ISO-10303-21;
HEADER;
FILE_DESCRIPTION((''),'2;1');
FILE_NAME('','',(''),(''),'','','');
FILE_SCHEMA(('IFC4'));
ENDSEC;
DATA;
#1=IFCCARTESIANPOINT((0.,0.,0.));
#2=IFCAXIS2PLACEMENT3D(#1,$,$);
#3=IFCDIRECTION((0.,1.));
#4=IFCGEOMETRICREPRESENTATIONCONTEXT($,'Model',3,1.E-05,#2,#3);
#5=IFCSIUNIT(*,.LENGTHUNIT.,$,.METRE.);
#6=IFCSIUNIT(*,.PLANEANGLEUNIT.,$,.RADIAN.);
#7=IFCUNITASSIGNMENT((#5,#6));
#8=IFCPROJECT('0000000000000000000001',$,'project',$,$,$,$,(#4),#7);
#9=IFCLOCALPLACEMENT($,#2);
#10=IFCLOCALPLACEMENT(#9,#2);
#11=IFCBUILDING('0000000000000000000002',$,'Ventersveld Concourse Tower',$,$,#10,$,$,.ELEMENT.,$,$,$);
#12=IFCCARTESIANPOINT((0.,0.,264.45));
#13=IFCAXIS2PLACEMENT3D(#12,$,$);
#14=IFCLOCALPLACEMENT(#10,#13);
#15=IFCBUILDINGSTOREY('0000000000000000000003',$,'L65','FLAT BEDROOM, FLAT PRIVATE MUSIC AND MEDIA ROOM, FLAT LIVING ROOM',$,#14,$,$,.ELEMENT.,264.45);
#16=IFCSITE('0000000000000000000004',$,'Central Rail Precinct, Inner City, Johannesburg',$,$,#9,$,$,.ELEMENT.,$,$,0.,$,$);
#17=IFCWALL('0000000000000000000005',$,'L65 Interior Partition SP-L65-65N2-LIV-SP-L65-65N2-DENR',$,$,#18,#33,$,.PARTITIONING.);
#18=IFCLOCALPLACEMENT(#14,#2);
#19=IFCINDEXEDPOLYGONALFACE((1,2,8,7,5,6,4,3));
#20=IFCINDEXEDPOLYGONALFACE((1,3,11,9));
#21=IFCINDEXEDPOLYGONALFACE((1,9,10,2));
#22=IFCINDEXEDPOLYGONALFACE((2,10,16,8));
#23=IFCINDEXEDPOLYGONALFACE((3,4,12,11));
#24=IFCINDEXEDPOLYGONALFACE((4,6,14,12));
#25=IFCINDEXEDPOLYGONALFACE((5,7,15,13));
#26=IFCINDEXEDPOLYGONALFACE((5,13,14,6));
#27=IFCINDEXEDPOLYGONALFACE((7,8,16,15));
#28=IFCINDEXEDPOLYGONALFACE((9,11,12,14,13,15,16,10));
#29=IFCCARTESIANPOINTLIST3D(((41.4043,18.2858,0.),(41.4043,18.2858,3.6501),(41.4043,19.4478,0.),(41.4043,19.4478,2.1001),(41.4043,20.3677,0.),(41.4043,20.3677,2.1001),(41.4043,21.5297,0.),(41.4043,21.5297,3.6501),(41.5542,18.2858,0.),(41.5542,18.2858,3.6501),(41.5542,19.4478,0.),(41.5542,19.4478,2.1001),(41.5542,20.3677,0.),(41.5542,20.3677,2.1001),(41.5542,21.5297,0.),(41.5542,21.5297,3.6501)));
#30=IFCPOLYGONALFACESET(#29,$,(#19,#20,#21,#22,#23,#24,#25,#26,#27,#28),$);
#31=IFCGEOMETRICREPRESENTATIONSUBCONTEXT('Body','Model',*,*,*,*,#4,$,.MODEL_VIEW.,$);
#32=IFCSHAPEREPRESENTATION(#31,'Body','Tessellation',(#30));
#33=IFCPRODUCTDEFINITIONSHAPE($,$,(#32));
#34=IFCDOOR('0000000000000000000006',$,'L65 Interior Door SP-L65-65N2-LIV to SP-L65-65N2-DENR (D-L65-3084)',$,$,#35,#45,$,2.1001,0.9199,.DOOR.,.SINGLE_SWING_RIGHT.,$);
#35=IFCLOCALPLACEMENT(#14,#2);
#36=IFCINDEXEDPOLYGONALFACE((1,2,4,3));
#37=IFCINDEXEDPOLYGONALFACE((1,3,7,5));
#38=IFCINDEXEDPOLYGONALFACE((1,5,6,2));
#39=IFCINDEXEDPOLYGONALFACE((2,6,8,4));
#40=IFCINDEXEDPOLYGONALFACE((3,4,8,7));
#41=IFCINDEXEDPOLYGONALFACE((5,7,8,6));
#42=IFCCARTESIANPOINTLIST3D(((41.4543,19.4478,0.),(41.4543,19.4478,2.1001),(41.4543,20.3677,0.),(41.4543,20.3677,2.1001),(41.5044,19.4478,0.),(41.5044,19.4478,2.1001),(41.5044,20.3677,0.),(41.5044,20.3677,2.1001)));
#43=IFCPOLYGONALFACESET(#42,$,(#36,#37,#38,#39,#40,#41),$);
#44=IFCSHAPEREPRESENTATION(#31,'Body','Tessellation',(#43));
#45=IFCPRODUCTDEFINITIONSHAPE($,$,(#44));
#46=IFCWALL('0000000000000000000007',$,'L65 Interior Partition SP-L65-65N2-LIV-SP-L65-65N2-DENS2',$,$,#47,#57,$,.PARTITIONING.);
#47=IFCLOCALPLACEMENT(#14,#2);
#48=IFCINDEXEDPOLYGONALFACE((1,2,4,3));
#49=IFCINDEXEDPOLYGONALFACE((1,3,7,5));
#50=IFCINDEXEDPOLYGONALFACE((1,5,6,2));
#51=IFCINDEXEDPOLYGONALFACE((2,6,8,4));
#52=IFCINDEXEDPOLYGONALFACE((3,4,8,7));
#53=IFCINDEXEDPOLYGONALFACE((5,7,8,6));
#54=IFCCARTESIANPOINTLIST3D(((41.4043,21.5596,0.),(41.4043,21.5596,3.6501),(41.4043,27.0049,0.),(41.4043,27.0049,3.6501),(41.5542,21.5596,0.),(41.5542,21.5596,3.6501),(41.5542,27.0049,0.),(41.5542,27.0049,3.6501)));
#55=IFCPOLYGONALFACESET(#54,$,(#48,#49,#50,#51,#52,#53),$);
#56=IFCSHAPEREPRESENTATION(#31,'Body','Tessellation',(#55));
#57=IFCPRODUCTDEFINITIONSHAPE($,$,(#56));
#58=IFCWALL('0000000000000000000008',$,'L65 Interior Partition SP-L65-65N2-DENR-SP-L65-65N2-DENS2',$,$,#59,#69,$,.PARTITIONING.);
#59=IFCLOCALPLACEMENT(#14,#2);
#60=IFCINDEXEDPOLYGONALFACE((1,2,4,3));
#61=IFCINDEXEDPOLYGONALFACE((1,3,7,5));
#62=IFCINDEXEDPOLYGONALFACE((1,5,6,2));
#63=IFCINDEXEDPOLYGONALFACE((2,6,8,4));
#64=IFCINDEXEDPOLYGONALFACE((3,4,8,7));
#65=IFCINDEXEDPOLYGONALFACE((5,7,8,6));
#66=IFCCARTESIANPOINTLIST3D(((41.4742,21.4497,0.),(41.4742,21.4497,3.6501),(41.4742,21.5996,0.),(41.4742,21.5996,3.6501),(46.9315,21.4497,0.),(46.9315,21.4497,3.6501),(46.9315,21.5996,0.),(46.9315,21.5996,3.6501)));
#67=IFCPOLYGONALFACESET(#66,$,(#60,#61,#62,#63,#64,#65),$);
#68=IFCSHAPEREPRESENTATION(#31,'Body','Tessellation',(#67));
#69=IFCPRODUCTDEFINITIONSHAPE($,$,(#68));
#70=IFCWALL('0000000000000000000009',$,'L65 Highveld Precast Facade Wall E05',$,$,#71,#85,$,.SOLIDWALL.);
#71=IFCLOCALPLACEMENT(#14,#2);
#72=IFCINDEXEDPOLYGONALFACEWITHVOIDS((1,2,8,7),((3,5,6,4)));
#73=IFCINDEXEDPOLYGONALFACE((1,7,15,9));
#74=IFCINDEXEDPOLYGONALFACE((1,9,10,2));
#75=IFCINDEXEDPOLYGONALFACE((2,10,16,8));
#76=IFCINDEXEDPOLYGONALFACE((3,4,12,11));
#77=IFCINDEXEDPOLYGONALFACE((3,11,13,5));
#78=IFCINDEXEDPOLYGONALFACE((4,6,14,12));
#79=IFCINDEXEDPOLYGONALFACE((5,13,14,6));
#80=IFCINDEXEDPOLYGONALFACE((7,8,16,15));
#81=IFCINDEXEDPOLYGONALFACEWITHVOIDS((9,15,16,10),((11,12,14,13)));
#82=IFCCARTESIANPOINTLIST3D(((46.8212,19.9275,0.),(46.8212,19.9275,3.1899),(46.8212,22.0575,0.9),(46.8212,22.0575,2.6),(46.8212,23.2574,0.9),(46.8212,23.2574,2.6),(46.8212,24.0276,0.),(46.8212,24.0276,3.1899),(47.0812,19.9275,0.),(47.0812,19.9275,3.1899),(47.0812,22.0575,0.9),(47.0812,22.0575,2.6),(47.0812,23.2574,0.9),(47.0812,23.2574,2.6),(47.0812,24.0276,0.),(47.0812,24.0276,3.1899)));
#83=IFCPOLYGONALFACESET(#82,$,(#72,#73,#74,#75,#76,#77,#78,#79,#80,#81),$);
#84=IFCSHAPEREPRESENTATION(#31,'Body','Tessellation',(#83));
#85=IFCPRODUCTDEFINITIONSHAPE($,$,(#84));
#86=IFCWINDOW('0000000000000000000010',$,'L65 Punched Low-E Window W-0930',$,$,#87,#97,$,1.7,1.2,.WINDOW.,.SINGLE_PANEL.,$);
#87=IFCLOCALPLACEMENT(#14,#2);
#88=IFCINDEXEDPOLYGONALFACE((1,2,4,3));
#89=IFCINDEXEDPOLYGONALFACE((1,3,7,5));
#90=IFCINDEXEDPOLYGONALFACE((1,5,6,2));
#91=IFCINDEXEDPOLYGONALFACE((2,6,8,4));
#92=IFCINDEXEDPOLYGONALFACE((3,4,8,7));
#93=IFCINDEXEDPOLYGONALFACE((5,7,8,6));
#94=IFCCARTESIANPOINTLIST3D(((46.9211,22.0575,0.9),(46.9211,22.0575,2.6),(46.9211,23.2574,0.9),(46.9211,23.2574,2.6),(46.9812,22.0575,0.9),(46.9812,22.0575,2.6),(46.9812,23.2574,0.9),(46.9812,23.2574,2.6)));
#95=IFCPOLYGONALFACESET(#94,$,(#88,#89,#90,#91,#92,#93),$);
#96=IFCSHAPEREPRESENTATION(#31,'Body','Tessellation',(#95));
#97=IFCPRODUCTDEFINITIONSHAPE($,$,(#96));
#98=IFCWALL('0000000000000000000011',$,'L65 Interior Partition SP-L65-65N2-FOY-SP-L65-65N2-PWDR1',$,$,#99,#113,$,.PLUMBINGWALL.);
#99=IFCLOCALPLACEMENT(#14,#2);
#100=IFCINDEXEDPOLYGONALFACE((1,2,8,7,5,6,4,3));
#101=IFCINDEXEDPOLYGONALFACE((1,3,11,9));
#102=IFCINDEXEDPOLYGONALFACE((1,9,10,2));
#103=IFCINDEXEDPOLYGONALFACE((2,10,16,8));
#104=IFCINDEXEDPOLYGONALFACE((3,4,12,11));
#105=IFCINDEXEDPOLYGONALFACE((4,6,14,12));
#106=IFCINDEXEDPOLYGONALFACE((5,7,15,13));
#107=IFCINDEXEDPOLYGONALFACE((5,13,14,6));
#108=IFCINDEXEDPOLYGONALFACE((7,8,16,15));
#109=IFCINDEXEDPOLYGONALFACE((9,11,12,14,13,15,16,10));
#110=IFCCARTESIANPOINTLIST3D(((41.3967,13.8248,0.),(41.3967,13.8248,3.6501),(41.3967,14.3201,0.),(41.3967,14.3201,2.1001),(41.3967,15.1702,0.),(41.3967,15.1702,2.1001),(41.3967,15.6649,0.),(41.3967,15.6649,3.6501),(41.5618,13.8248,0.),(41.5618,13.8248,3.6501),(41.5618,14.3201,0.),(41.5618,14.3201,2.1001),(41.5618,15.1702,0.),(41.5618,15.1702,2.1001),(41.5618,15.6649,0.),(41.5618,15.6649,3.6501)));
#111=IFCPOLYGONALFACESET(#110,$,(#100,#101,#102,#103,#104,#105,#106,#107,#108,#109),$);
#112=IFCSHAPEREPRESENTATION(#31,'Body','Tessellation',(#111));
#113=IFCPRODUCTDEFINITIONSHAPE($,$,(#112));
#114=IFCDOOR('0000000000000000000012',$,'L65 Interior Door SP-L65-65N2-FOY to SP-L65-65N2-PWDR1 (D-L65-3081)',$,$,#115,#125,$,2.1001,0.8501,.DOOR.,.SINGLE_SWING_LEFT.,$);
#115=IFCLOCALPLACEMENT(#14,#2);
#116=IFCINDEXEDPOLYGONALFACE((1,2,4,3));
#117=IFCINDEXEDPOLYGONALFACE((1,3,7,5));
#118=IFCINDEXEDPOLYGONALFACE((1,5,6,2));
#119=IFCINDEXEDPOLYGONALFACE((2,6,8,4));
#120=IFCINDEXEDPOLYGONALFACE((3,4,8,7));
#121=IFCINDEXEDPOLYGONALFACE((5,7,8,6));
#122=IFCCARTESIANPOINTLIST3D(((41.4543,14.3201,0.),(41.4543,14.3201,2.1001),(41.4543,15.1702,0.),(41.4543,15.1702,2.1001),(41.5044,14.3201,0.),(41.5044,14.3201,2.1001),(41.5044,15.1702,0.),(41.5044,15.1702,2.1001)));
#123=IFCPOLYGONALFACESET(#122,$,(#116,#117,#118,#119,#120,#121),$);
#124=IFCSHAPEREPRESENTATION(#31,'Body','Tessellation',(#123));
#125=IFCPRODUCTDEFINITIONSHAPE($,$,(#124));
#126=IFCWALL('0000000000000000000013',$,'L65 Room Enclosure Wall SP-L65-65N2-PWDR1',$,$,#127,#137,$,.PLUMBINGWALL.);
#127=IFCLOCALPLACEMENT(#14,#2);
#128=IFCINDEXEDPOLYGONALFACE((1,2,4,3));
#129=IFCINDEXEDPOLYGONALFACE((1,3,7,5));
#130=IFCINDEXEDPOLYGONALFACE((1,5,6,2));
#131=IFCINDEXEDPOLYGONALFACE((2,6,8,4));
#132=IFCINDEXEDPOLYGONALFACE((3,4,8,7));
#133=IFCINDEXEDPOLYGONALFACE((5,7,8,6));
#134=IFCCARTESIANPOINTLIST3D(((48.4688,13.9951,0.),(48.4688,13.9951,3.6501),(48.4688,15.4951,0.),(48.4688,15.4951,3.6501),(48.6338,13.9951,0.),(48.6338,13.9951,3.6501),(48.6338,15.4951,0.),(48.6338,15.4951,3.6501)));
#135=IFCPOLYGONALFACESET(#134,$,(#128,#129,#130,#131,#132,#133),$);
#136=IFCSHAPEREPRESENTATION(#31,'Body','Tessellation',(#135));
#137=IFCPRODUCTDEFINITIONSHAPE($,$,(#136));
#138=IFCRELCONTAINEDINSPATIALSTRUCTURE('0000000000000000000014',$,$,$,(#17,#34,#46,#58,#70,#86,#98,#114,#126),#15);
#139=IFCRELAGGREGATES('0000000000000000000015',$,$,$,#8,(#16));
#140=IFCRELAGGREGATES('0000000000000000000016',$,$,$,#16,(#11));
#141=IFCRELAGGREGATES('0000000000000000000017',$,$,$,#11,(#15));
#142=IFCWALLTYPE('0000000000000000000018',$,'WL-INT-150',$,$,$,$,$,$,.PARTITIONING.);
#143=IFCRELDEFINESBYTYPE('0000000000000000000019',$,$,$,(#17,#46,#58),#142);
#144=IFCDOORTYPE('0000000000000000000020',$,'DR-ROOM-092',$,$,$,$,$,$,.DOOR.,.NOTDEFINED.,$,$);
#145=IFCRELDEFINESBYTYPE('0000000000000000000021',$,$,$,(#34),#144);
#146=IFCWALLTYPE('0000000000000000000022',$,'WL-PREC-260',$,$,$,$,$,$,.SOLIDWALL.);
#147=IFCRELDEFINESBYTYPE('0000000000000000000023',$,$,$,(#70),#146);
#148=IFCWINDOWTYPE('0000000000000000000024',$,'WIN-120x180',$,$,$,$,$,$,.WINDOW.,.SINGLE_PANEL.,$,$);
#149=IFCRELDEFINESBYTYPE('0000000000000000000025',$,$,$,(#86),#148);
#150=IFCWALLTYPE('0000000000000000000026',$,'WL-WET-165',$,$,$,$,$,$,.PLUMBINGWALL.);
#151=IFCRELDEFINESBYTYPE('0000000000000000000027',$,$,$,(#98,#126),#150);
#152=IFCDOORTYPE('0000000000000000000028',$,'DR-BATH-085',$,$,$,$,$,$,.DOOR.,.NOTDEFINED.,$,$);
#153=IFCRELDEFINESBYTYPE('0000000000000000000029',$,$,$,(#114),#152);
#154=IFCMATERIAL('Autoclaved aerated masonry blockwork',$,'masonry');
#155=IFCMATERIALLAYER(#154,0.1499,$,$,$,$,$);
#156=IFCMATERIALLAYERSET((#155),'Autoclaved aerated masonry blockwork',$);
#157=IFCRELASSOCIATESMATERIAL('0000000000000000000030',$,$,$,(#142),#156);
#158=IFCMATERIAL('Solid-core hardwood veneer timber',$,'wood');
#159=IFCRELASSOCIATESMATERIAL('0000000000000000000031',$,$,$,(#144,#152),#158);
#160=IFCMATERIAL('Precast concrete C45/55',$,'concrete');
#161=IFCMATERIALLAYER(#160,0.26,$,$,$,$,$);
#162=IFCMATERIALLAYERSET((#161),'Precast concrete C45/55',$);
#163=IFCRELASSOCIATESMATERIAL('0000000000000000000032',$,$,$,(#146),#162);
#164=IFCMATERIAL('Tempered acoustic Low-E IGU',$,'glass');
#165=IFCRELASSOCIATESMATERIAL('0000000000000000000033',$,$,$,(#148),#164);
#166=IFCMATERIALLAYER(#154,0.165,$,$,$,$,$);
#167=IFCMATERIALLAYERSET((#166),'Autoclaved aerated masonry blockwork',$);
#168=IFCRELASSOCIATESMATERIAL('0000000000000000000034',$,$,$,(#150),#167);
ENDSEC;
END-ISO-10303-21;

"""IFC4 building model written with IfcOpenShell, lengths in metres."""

from ifc_helpers import new_model, si_unit, direction, frame, frame_2d, origin, place, context, subcontext, project, spatial, rectangle, extrude, material, layer, layer_set, type_object, element, fill, save


model = new_model("IFC4")

# Units and contexts
model_context = context("Model", 3, precision=1e-05, world=origin(), true_north=direction((0.0, 1.0)))
body_context = subcontext(model_context, "Body", "Model", "MODEL_VIEW")
ifc_project = project(units=[si_unit("LENGTHUNIT", "METRE"), si_unit("PLANEANGLEUNIT", "RADIAN")], contexts=[model_context])

# Site, building, storey
site_placement = place(None, origin())
site = spatial("IfcSite", under=ifc_project, at=site_placement, Name="Central Rail Precinct, Inner City, Johannesburg", CompositionType="ELEMENT", RefElevation=0.0)
building_placement = place(site_placement, origin())
building = spatial("IfcBuilding", under=site, at=building_placement, Name="Ventersveld Concourse Tower", CompositionType="ELEMENT")
storey_placement = place(building_placement, frame((0.0, 0.0, 264.45)))
storey = spatial("IfcBuildingStorey", under=building, at=storey_placement, Name="L65", Description="FLAT BEDROOM, FLAT PRIVATE MUSIC AND MEDIA ROOM, FLAT LIVING ROOM", CompositionType="ELEMENT", Elevation=264.45)

# Shared definitions
ifc_material_1 = material(Name="Solid-core hardwood veneer timber", Category="wood")

# Shared definitions
ifc_material_2 = material(Name="Autoclaved aerated masonry blockwork", Category="masonry")
ifc_layer_1 = layer(ifc_material_2, 0.1499)
ifc_layer_set_1 = layer_set([ifc_layer_1], Name="Autoclaved aerated masonry blockwork")
wall_type_1 = type_object("IfcWallType", Name="WL-INT-150", PredefinedType="PARTITIONING", material=ifc_layer_set_1)
door_type_1 = type_object("IfcDoorType", Name="DR-ROOM-092", OperationType="NOTDEFINED", PredefinedType="DOOR", material=ifc_material_1)

# Wall, opening, door
wall_1_placement = place(storey_placement, frame((41.4792, 18.2856, 0.0), z_axis=(0.0, 0.0, 1.0), x_axis=(0.0, 1.0, 0.0)))
wall_1 = element("IfcWall", 1, at=wall_1_placement, inside=storey, type_object=wall_type_1, Name="L65 Interior Partition SP-L65-65N2-LIV-SP-L65-65N2-DENR", PredefinedType="PARTITIONING", context=body_context, shape_type="SweptSolid", body=[
    extrude(rectangle(XDim=3.2439, YDim=0.1499, at=frame_2d((1.6221, 0.0))), origin(), (0.0, 0.0, 1.0), 3.6501),
])
opening_1_placement = place(wall_1_placement, frame((1.1621, 0.0, 0.0)))
opening_1 = element("IfcOpeningElement", 2, at=opening_1_placement, cuts=wall_1, PredefinedType="OPENING", context=body_context, shape_type="SweptSolid", body=[
    extrude(rectangle(XDim=0.9199, YDim=2.1001, at=frame_2d((0.46, 1.05))), frame((0.0, 0.085, 0.0), z_axis=(0.0, -1.0, 0.0), x_axis=(1.0, 0.0, 0.0)), (0.0, 0.0, 1.0), 0.1699),
])
door_1_placement = place(opening_1_placement, origin())
door_1 = element("IfcDoor", 3, at=door_1_placement, inside=storey, type_object=door_type_1, Name="L65 Interior Door SP-L65-65N2-LIV to SP-L65-65N2-DENR (D-L65-3084)", OperationType="SINGLE_SWING_RIGHT", OverallHeight=2.1001, OverallWidth=0.9199, PredefinedType="DOOR", context=body_context, shape_type="SweptSolid", body=[
    extrude(rectangle(XDim=0.9199, YDim=2.1001, at=frame_2d((0.46, 1.05))), frame((0.0, 0.0249, 0.0), z_axis=(0.0, -1.0, 0.0), x_axis=(1.0, 0.0, 0.0)), (0.0, 0.0, 1.0), 0.05),
])
fill(opening_1, door_1)

# Walls
wall_2_placement = place(storey_placement, frame((41.4792, 21.5596, 0.0), z_axis=(0.0, 0.0, 1.0), x_axis=(0.0, 1.0, 0.0)))
element("IfcWall", 4, at=wall_2_placement, inside=storey, type_object=wall_type_1, Name="L65 Interior Partition SP-L65-65N2-LIV-SP-L65-65N2-DENS2", PredefinedType="PARTITIONING", context=body_context, shape_type="SweptSolid", body=[
    extrude(rectangle(XDim=5.4453, YDim=0.1499, at=frame_2d((2.7227, 0.0))), origin(), (0.0, 0.0, 1.0), 3.6501),
])
wall_3_placement = place(storey_placement, frame((41.4744, 21.5247, 0.0), z_axis=(0.0, 0.0, 1.0), x_axis=(1.0, 0.0, 0.0)))
element("IfcWall", 5, at=wall_3_placement, inside=storey, type_object=wall_type_1, Name="L65 Interior Partition SP-L65-65N2-DENR-SP-L65-65N2-DENS2", PredefinedType="PARTITIONING", context=body_context, shape_type="SweptSolid", body=[
    extrude(rectangle(XDim=5.4573, YDim=0.1499, at=frame_2d((2.7285, 0.0))), origin(), (0.0, 0.0, 1.0), 3.6501),
])

# Shared definitions
ifc_material_3 = material(Name="Precast concrete C45/55", Category="concrete")
ifc_layer_2 = layer(ifc_material_3, 0.26)
ifc_layer_set_2 = layer_set([ifc_layer_2], Name="Precast concrete C45/55")
wall_type_2 = type_object("IfcWallType", Name="WL-PREC-260", PredefinedType="SOLIDWALL", material=ifc_layer_set_2)

# Wall, opening, window
wall_4_placement = place(storey_placement, frame((46.9512, 19.9275, 0.0), z_axis=(0.0, 0.0, 1.0), x_axis=(0.0, 1.0, 0.0)))
wall_4 = element("IfcWall", 6, at=wall_4_placement, inside=storey, type_object=wall_type_2, Name="L65 Highveld Precast Facade Wall E05", PredefinedType="SOLIDWALL", context=body_context, shape_type="SweptSolid", body=[
    extrude(rectangle(XDim=4.1001, YDim=0.26, at=frame_2d((2.05, 0.0))), origin(), (0.0, 0.0, 1.0), 3.1899),
])
opening_2_placement = place(wall_4_placement, frame((2.1299, 0.0, 0.8999)))
opening_2 = element("IfcOpeningElement", 7, at=opening_2_placement, cuts=wall_4, PredefinedType="OPENING", context=body_context, shape_type="SweptSolid", body=[
    extrude(rectangle(XDim=1.2, YDim=1.7, at=frame_2d((0.6001, 0.8501))), frame((0.0, 0.1401, 0.0), z_axis=(0.0, -1.0, 0.0), x_axis=(1.0, 0.0, 0.0)), (0.0, 0.0, 1.0), 0.28),
])
ifc_material_4 = material(Name="Tempered acoustic Low-E IGU", Category="glass")
window_type = type_object("IfcWindowType", Name="WIN-120x180", PartitioningType="SINGLE_PANEL", PredefinedType="WINDOW", material=ifc_material_4)
window_placement = place(opening_2_placement, origin())
window = element("IfcWindow", 8, at=window_placement, inside=storey, type_object=window_type, Name="L65 Punched Low-E Window W-0930", OverallHeight=1.7, OverallWidth=1.2, PartitioningType="SINGLE_PANEL", PredefinedType="WINDOW", context=body_context, shape_type="SweptSolid", body=[
    extrude(rectangle(XDim=1.2, YDim=1.7, at=frame_2d((0.6001, 0.8501))), frame((0.0, 0.03, 0.0), z_axis=(0.0, -1.0, 0.0), x_axis=(1.0, 0.0, 0.0)), (0.0, 0.0, 1.0), 0.0601),
])
fill(opening_2, window)

# Wall, opening, door
ifc_layer_3 = layer(ifc_material_2, 0.165)
ifc_layer_set_3 = layer_set([ifc_layer_3], Name="Autoclaved aerated masonry blockwork")
wall_type_3 = type_object("IfcWallType", Name="WL-WET-165", PredefinedType="PLUMBINGWALL", material=ifc_layer_set_3)
wall_5_placement = place(storey_placement, frame((41.4792, 13.825, 0.0), z_axis=(0.0, 0.0, 1.0), x_axis=(0.0, 1.0, 0.0)))
wall_5 = element("IfcWall", 9, at=wall_5_placement, inside=storey, type_object=wall_type_3, Name="L65 Interior Partition SP-L65-65N2-FOY-SP-L65-65N2-PWDR1", PredefinedType="PLUMBINGWALL", context=body_context, shape_type="SweptSolid", body=[
    extrude(rectangle(XDim=1.8401, YDim=0.165, at=frame_2d((0.9199, 0.0))), origin(), (0.0, 0.0, 1.0), 3.6501),
])
opening_3_placement = place(wall_5_placement, frame((0.4951, 0.0, 0.0)))
opening_3 = element("IfcOpeningElement", 10, at=opening_3_placement, cuts=wall_5, PredefinedType="OPENING", context=body_context, shape_type="SweptSolid", body=[
    extrude(rectangle(XDim=0.8501, YDim=2.1001, at=frame_2d((0.425, 1.05))), frame((0.0, 0.0925, 0.0), z_axis=(0.0, -1.0, 0.0), x_axis=(1.0, 0.0, 0.0)), (0.0, 0.0, 1.0), 0.1851),
])
door_type_2 = type_object("IfcDoorType", Name="DR-BATH-085", OperationType="NOTDEFINED", PredefinedType="DOOR", material=ifc_material_1)
door_2_placement = place(opening_3_placement, origin())
door_2 = element("IfcDoor", 11, at=door_2_placement, inside=storey, type_object=door_type_2, Name="L65 Interior Door SP-L65-65N2-FOY to SP-L65-65N2-PWDR1 (D-L65-3081)", OperationType="SINGLE_SWING_LEFT", OverallHeight=2.1001, OverallWidth=0.8501, PredefinedType="DOOR", context=body_context, shape_type="SweptSolid", body=[
    extrude(rectangle(XDim=0.8501, YDim=2.1001, at=frame_2d((0.425, 1.05))), frame((0.0, 0.0249, 0.0), z_axis=(0.0, -1.0, 0.0), x_axis=(1.0, 0.0, 0.0)), (0.0, 0.0, 1.0), 0.05),
])
fill(opening_3, door_2)

# Wall
wall_6_placement = place(storey_placement, frame((48.5513, 15.4951, 0.0), z_axis=(0.0, 0.0, 1.0), x_axis=(0.0, -1.0, 0.0)))
element("IfcWall", 12, at=wall_6_placement, inside=storey, type_object=wall_type_3, Name="L65 Room Enclosure Wall SP-L65-65N2-PWDR1", PredefinedType="PLUMBINGWALL", context=body_context, shape_type="SweptSolid", body=[
    extrude(rectangle(XDim=1.5, YDim=0.165, at=frame_2d((0.75, 0.0))), origin(), (0.0, 0.0, 1.0), 3.6501),
])

save(model, "model.ifc")
